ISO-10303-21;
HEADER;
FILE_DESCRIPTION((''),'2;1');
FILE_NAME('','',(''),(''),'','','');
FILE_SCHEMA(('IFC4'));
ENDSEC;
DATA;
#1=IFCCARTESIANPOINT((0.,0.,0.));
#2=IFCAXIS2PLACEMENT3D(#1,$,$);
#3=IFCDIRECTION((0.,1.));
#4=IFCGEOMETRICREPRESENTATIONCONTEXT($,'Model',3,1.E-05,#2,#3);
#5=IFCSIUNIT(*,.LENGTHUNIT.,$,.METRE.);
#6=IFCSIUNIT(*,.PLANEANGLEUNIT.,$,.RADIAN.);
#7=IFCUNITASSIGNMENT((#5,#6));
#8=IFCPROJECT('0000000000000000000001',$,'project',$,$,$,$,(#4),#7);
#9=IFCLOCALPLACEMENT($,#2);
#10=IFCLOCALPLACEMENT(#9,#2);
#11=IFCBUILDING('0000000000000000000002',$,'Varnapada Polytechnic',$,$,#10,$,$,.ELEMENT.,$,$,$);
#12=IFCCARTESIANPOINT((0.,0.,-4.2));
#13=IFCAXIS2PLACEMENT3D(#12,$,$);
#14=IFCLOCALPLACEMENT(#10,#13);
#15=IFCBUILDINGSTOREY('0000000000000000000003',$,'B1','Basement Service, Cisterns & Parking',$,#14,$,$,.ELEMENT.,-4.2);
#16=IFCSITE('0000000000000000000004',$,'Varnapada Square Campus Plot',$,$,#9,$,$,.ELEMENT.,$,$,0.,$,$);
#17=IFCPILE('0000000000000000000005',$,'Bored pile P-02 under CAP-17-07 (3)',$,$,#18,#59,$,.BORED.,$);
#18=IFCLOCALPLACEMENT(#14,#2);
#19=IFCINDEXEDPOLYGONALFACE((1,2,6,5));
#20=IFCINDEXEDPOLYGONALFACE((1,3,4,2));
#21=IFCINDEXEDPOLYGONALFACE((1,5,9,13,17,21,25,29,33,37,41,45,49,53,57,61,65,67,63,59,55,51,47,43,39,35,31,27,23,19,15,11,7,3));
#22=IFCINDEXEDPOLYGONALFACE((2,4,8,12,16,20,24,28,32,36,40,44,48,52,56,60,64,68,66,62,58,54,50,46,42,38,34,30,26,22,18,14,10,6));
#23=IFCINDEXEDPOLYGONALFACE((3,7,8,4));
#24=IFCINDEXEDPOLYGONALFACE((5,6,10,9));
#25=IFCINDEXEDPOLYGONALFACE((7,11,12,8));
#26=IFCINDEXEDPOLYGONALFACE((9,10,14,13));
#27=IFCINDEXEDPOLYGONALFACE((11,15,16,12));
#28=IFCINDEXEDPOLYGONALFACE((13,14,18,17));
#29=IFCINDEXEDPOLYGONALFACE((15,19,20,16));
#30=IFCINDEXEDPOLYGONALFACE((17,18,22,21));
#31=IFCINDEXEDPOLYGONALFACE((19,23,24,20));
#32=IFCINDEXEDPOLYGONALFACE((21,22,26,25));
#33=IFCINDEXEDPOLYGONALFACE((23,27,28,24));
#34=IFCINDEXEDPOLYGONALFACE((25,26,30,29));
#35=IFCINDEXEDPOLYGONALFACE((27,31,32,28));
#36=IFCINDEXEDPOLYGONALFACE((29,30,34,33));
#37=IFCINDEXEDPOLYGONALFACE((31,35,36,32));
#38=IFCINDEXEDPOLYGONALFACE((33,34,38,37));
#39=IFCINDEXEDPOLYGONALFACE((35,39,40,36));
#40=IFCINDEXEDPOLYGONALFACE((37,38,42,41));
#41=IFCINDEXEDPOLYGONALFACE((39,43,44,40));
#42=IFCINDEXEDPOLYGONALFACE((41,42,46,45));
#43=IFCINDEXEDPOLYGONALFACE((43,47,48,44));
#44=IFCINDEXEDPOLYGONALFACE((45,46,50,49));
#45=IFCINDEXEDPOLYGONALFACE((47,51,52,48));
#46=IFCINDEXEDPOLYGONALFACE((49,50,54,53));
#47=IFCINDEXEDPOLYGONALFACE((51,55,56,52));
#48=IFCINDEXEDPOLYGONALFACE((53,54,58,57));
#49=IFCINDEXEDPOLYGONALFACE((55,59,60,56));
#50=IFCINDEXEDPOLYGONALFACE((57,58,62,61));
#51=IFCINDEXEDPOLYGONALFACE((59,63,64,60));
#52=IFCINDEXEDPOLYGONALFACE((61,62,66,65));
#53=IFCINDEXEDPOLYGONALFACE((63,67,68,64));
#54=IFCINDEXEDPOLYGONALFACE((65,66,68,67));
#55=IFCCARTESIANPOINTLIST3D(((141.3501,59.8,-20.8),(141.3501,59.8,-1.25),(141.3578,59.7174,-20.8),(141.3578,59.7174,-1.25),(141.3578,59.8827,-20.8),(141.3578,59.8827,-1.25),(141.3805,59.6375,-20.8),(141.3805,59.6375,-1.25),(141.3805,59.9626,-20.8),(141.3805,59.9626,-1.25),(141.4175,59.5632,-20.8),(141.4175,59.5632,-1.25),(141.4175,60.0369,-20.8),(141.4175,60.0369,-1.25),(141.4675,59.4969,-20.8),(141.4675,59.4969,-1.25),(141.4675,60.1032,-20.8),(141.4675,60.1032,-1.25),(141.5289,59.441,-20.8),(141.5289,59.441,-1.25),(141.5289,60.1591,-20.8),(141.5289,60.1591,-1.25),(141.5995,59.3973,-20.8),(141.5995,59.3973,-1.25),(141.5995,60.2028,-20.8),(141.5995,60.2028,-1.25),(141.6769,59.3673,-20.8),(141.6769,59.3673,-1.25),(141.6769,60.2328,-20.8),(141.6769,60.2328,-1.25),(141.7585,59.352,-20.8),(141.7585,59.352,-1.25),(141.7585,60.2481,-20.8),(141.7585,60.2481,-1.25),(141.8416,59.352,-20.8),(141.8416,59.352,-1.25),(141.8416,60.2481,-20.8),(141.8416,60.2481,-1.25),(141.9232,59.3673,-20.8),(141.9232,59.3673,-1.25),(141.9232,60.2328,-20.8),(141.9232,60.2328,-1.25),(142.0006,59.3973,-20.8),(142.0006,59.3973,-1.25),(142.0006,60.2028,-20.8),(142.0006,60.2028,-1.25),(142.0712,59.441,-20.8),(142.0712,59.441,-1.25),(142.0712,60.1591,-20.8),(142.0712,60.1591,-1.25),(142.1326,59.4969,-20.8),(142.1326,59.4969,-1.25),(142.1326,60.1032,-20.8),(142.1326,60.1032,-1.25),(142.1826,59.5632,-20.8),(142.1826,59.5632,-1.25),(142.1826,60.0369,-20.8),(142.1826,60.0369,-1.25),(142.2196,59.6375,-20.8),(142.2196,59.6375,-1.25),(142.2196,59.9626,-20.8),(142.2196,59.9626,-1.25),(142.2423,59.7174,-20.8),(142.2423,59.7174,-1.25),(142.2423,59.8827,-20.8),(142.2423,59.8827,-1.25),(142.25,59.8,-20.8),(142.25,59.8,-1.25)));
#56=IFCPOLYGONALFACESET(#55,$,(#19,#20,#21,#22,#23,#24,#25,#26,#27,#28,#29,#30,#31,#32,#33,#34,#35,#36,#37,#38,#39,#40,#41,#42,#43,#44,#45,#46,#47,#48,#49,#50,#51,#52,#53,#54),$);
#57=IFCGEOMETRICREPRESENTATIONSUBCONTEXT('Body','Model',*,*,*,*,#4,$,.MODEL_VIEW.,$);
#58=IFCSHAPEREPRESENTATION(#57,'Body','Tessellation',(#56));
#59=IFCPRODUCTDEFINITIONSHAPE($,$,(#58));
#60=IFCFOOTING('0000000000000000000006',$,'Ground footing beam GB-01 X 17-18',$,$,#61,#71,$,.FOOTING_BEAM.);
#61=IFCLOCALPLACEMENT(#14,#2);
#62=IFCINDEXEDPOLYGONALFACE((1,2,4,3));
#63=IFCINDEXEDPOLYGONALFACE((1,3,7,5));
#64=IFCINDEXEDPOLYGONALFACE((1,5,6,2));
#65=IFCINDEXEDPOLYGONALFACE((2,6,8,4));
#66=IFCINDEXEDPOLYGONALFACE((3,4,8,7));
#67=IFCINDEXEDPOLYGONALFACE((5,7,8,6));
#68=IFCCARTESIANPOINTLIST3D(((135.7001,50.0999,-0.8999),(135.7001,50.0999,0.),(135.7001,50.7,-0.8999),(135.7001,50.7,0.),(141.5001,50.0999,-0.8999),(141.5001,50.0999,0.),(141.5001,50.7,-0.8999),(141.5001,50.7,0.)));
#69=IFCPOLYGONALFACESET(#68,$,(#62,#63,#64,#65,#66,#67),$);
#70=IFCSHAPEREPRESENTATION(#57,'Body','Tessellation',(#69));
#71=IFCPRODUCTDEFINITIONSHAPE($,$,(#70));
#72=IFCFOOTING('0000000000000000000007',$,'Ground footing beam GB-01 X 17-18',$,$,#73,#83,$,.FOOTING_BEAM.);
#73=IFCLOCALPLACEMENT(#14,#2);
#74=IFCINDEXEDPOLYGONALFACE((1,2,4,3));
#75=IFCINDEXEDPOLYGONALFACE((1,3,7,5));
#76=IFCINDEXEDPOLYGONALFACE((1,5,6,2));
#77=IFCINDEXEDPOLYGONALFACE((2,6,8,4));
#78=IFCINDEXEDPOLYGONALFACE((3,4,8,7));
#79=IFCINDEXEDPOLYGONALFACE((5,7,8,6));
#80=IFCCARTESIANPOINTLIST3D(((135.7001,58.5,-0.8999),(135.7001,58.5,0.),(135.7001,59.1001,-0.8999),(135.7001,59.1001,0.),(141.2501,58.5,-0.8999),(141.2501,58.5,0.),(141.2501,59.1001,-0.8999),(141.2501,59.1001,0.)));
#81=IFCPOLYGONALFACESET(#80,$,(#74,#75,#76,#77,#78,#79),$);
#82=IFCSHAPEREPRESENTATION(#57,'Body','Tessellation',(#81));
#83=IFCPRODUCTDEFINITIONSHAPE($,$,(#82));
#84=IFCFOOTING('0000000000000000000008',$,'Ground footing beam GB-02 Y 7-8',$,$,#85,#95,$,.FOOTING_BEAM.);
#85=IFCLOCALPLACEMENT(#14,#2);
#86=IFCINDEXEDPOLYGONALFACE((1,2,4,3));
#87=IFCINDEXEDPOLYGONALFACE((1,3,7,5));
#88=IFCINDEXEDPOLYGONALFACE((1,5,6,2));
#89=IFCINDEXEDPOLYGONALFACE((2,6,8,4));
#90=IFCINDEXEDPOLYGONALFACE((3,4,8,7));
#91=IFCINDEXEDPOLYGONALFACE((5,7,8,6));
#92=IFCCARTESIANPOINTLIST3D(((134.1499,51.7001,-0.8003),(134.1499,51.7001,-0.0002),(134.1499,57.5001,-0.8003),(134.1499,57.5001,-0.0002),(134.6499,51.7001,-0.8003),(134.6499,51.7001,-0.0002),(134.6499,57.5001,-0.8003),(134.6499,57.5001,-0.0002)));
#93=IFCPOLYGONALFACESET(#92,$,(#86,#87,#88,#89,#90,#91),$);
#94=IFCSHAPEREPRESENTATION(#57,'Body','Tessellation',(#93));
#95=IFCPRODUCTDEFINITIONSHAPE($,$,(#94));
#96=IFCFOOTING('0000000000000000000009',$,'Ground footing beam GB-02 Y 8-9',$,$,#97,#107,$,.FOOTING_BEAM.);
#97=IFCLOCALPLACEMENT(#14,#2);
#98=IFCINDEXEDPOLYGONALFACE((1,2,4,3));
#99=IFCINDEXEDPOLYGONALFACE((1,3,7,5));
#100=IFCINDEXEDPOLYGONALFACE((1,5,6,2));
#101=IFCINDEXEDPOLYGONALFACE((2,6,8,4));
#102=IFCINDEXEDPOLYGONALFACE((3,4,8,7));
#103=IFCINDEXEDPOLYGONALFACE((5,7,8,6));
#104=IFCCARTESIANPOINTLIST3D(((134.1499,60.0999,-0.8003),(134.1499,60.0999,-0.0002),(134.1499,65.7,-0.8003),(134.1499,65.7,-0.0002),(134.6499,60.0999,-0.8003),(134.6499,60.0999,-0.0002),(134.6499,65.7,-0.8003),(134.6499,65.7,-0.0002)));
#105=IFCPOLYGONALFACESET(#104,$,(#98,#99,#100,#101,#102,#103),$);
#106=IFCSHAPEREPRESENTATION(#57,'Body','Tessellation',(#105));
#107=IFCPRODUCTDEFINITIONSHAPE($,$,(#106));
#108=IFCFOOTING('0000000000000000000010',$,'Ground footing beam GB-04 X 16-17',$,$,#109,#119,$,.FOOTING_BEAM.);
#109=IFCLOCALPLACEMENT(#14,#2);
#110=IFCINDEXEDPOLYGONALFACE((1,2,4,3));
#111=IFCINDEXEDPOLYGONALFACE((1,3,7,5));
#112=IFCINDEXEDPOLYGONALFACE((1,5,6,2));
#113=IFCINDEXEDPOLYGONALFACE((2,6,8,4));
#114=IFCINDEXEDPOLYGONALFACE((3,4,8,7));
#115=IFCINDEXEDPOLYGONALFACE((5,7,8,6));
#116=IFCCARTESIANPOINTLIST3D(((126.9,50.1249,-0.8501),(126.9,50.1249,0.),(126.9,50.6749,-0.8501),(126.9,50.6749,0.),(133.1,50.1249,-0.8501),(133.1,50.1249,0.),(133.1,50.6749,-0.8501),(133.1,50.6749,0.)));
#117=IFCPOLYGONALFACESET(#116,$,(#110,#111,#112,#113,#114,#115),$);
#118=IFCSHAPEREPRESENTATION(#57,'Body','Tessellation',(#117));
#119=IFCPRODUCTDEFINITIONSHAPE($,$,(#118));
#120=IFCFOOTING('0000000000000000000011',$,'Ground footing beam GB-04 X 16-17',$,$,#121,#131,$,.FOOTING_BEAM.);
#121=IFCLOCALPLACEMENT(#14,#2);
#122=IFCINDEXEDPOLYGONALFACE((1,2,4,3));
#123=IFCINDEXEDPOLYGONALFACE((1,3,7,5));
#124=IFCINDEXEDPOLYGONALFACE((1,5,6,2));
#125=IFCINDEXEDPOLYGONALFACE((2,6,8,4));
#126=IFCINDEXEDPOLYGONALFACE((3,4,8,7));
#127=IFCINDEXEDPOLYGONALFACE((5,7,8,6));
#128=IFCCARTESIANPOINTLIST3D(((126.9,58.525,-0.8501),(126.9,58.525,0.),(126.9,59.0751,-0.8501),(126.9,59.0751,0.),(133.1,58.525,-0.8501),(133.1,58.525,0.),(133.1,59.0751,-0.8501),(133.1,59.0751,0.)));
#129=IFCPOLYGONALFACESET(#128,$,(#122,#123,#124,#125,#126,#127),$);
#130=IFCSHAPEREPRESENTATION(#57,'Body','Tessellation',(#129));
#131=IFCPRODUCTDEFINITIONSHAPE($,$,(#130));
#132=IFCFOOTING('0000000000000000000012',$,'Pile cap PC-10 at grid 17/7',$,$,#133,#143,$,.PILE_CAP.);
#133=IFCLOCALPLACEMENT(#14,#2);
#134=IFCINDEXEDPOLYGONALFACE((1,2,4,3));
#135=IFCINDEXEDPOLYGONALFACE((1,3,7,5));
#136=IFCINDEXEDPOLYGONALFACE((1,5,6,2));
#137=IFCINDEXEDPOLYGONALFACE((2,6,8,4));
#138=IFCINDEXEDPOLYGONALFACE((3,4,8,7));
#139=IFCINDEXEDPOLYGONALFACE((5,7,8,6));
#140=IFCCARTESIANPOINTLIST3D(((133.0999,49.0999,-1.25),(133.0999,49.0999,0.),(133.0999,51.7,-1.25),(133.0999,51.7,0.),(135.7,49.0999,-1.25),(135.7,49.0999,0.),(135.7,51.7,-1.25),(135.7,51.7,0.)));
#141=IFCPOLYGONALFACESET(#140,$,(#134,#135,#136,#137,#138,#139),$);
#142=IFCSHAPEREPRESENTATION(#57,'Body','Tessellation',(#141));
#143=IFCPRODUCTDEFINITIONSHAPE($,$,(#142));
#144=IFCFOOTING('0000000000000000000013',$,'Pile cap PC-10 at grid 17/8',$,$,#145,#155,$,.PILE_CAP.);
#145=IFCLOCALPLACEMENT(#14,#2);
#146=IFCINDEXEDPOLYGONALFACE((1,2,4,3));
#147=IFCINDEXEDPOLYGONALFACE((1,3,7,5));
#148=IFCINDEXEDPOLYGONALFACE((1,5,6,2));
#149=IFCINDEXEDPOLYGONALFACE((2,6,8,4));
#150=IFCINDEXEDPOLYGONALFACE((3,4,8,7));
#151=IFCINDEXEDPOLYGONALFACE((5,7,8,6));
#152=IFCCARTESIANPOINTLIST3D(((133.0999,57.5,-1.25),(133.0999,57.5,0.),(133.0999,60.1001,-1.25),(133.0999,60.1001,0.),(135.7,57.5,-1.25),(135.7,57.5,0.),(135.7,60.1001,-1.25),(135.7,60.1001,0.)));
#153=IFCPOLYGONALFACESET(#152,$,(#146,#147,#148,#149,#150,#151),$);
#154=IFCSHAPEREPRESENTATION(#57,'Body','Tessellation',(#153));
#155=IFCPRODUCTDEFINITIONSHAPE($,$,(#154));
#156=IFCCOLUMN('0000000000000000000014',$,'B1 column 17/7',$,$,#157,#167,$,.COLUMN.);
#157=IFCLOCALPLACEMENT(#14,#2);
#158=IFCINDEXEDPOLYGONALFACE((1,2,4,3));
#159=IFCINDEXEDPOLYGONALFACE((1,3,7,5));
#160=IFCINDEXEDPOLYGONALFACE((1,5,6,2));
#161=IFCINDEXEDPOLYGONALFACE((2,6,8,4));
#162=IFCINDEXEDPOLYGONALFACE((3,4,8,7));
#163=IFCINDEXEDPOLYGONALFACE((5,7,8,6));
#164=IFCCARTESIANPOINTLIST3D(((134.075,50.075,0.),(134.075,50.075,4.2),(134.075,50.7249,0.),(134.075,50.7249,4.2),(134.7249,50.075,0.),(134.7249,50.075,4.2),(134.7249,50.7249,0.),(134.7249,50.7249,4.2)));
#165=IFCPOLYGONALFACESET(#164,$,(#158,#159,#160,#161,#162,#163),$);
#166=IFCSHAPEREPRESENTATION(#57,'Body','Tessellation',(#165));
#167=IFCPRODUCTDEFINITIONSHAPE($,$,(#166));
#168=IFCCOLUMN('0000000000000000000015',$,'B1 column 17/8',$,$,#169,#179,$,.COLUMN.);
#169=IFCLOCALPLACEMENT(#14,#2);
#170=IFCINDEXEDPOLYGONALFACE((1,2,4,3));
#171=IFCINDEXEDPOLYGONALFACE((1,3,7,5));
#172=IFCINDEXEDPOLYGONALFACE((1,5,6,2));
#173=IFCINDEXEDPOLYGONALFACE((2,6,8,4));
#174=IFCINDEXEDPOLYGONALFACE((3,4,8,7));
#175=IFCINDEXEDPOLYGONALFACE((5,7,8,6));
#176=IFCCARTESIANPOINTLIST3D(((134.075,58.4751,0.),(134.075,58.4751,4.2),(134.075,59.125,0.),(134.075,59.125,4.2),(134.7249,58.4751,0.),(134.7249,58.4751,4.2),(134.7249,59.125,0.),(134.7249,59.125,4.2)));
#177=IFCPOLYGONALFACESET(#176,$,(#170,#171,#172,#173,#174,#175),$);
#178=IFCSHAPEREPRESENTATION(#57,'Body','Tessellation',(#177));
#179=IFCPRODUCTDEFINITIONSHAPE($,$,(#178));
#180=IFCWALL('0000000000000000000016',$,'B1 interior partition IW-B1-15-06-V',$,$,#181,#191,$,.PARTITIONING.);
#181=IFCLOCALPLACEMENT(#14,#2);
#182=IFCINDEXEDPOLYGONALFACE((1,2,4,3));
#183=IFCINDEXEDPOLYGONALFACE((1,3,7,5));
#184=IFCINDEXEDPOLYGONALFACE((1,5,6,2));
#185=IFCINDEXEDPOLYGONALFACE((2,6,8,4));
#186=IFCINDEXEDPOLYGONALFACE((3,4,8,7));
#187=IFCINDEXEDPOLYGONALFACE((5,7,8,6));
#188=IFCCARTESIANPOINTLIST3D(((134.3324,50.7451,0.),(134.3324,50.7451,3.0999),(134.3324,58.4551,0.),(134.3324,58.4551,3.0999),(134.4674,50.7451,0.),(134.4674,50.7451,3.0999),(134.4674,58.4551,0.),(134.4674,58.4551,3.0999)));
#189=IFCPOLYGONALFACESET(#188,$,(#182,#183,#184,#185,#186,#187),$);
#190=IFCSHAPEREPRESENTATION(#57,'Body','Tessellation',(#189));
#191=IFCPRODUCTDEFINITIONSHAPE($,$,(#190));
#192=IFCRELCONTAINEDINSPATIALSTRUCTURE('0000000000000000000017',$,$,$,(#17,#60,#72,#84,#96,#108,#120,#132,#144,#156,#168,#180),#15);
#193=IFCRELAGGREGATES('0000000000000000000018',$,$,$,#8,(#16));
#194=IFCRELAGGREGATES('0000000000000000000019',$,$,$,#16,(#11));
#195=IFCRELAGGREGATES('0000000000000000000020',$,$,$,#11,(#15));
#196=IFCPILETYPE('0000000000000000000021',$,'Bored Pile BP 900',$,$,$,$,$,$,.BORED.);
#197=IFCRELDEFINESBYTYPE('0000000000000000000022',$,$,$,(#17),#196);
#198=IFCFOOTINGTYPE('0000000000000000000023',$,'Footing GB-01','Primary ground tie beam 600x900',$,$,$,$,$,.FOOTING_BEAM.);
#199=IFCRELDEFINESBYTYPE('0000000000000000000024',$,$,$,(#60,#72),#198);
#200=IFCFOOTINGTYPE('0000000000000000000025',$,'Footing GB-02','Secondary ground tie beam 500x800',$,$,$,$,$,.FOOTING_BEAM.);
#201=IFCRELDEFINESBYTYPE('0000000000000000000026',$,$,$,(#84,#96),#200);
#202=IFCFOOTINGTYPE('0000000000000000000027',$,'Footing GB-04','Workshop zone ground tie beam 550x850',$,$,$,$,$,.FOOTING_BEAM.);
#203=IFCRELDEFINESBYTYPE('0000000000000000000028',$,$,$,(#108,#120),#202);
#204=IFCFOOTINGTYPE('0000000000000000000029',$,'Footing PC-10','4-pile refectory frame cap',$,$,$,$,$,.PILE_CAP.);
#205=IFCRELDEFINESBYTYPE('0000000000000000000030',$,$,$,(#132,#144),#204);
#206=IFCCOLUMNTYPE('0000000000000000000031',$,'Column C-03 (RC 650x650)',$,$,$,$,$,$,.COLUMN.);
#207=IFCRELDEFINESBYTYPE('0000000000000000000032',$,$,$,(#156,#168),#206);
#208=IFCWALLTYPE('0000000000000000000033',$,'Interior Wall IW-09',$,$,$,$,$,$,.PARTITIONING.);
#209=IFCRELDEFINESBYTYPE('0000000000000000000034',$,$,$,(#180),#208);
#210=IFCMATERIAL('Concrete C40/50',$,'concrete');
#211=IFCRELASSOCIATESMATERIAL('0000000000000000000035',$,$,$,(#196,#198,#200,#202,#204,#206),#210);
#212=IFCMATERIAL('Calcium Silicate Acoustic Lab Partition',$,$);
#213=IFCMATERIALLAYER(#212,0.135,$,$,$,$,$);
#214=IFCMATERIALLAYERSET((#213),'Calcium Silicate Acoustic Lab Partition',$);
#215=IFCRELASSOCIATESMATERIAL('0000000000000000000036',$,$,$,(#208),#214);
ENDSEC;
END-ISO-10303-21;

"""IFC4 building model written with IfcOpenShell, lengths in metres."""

from ifc_helpers import new_model, si_unit, direction, frame, frame_2d, origin, origin_2d, place, context, subcontext, project, spatial, rectangle, circle, extrude, material, layer, layer_set, material_profile, profile_set, type_object, element, save


model = new_model("IFC4")

# Units and contexts
model_context = context("Model", 3, precision=1e-05, world=origin(), true_north=direction((0.0, 1.0)))
body_context = subcontext(model_context, "Body", "Model", "MODEL_VIEW")
ifc_project = project(units=[si_unit("LENGTHUNIT", "METRE"), si_unit("PLANEANGLEUNIT", "RADIAN")], contexts=[model_context])

# Site, building, storey
site_placement = place(None, origin())
site = spatial("IfcSite", under=ifc_project, at=site_placement, Name="Varnapada Square Campus Plot", CompositionType="ELEMENT", RefElevation=0.0)
building_placement = place(site_placement, origin())
building = spatial("IfcBuilding", under=site, at=building_placement, Name="Varnapada Polytechnic", CompositionType="ELEMENT")
storey_placement = place(building_placement, frame((0.0, 0.0, -4.2)))
storey = spatial("IfcBuildingStorey", under=building, at=storey_placement, Name="B1", Description="Basement Service, Cisterns & Parking", CompositionType="ELEMENT", Elevation=-4.2)

# Pile
ifc_material_1 = material(Name="Concrete C40/50", Category="concrete")
ifc_material_profile_1 = material_profile(ifc_material_1, circle(Radius=0.45, at=origin_2d()), Name="BP 900")
ifc_profile_set_1 = profile_set([ifc_material_profile_1], Name="Concrete C40/50")
pile_type_1 = type_object("IfcPileType", Name="Bored Pile BP 900", PredefinedType="BORED", material=ifc_profile_set_1)
for number, where, z_axis, x_axis, name in (
    (1, (141.8, 59.8, -1.25), (0.0, 0.0, -1.0), (1.0, 0.0, 0.0), "Bored pile P-02 under CAP-17-07 (3)"),
):
    element("IfcPile", number, at=place(storey_placement, frame(where, z_axis=z_axis, x_axis=x_axis)), inside=storey, type_object=pile_type_1, Name=name, PredefinedType="BORED", context=body_context, shape_type="SweptSolid", body=[
        extrude(circle(Radius=0.45, at=origin_2d()), origin(), (0.0, 0.0, 1.0), 19.55),
    ])

# Footings
footing_type_1 = type_object("IfcFootingType", Name="Footing GB-01", Description="Primary ground tie beam 600x900", PredefinedType="FOOTING_BEAM", material=ifc_material_1)
footing_1_placement = place(storey_placement, frame((138.6001, 50.3999, -0.8999), z_axis=(0.0, 0.0, 1.0), x_axis=(1.0, 0.0, 0.0)))
element("IfcFooting", 2, at=footing_1_placement, inside=storey, type_object=footing_type_1, Name="Ground footing beam GB-01 X 17-18", PredefinedType="FOOTING_BEAM", context=body_context, shape_type="SweptSolid", body=[
    extrude(rectangle(XDim=5.8, YDim=0.6001, at=origin_2d()), origin(), (0.0, 0.0, 1.0), 0.8999),
])
footing_2_placement = place(storey_placement, frame((138.4751, 58.8, -0.8999), z_axis=(0.0, 0.0, 1.0), x_axis=(1.0, 0.0, 0.0)))
element("IfcFooting", 3, at=footing_2_placement, inside=storey, type_object=footing_type_1, Name="Ground footing beam GB-01 X 17-18", PredefinedType="FOOTING_BEAM", context=body_context, shape_type="SweptSolid", body=[
    extrude(rectangle(XDim=5.55, YDim=0.6001, at=origin_2d()), origin(), (0.0, 0.0, 1.0), 0.8999),
])
footing_type_2 = type_object("IfcFootingType", Name="Footing GB-02", Description="Secondary ground tie beam 500x800", PredefinedType="FOOTING_BEAM", material=ifc_material_1)
footing_3_placement = place(storey_placement, frame((134.3999, 54.6001, -0.8003), z_axis=(0.0, 0.0, 1.0), x_axis=(0.0, 1.0, 0.0)))
element("IfcFooting", 4, at=footing_3_placement, inside=storey, type_object=footing_type_2, Name="Ground footing beam GB-02 Y 7-8", PredefinedType="FOOTING_BEAM", context=body_context, shape_type="SweptSolid", body=[
    extrude(rectangle(XDim=5.8, YDim=0.5, at=origin_2d()), origin(), (0.0, 0.0, 1.0), 0.8),
])
footing_4_placement = place(storey_placement, frame((134.3999, 62.8999, -0.8003), z_axis=(0.0, 0.0, 1.0), x_axis=(0.0, 1.0, 0.0)))
element("IfcFooting", 5, at=footing_4_placement, inside=storey, type_object=footing_type_2, Name="Ground footing beam GB-02 Y 8-9", PredefinedType="FOOTING_BEAM", context=body_context, shape_type="SweptSolid", body=[
    extrude(rectangle(XDim=5.6001, YDim=0.5, at=origin_2d()), origin(), (0.0, 0.0, 1.0), 0.8),
])
footing_type_3 = type_object("IfcFootingType", Name="Footing GB-04", Description="Workshop zone ground tie beam 550x850", PredefinedType="FOOTING_BEAM", material=ifc_material_1)
for number, where, z_axis, x_axis, name in (
    (6, (130.0, 50.3999, -0.8501), (0.0, 0.0, 1.0), (1.0, 0.0, 0.0), "Ground footing beam GB-04 X 16-17"),
    (7, (130.0, 58.8, -0.8501), (0.0, 0.0, 1.0), (1.0, 0.0, 0.0), "Ground footing beam GB-04 X 16-17"),
):
    element("IfcFooting", number, at=place(storey_placement, frame(where, z_axis=z_axis, x_axis=x_axis)), inside=storey, type_object=footing_type_3, Name=name, PredefinedType="FOOTING_BEAM", context=body_context, shape_type="SweptSolid", body=[
        extrude(rectangle(XDim=6.2, YDim=0.55, at=origin_2d()), origin(), (0.0, 0.0, 1.0), 0.8501),
    ])
footing_type_4 = type_object("IfcFootingType", Name="Footing PC-10", Description="4-pile refectory frame cap", PredefinedType="PILE_CAP", material=ifc_material_1)
for number, where, z_axis, x_axis, name in (
    (8, (134.3999, 50.3999, -1.25), (0.0, 0.0, 1.0), (1.0, 0.0, 0.0), "Pile cap PC-10 at grid 17/7"),
    (9, (134.3999, 58.8, -1.25), (0.0, 0.0, 1.0), (1.0, 0.0, 0.0), "Pile cap PC-10 at grid 17/8"),
):
    element("IfcFooting", number, at=place(storey_placement, frame(where, z_axis=z_axis, x_axis=x_axis)), inside=storey, type_object=footing_type_4, Name=name, PredefinedType="PILE_CAP", context=body_context, shape_type="SweptSolid", body=[
        extrude(rectangle(XDim=2.6001, YDim=2.6001, at=origin_2d()), origin(), (0.0, 0.0, 1.0), 1.25),
    ])

# Columns
ifc_material_profile_2 = material_profile(ifc_material_1, rectangle(XDim=0.6499, YDim=0.6499, at=origin_2d()), Name="RC 650x650")
ifc_profile_set_2 = profile_set([ifc_material_profile_2], Name="Concrete C40/50")
column_type = type_object("IfcColumnType", Name="Column C-03 (RC 650x650)", PredefinedType="COLUMN", material=ifc_profile_set_2)
for number, where, z_axis, x_axis, name in (
    (10, (134.3999, 50.3999, 0.0), (0.0, 0.0, 1.0), (1.0, 0.0, 0.0), "B1 column 17/7"),
    (11, (134.3999, 58.8, 0.0), (0.0, 0.0, 1.0), (1.0, 0.0, 0.0), "B1 column 17/8"),
):
    element("IfcColumn", number, at=place(storey_placement, frame(where, z_axis=z_axis, x_axis=x_axis)), inside=storey, type_object=column_type, Name=name, PredefinedType="COLUMN", context=body_context, shape_type="SweptSolid", body=[
        extrude(rectangle(XDim=0.6499, YDim=0.6499, at=origin_2d()), origin(), (0.0, 0.0, 1.0), 4.2),
    ])

# Wall
ifc_material_2 = material(Name="Calcium Silicate Acoustic Lab Partition")
ifc_layer_1 = layer(ifc_material_2, 0.135)
ifc_layer_set_1 = layer_set([ifc_layer_1], Name="Calcium Silicate Acoustic Lab Partition")
wall_type_1 = type_object("IfcWallType", Name="Interior Wall IW-09", PredefinedType="PARTITIONING", material=ifc_layer_set_1)
wall_1_placement = place(storey_placement, frame((134.3999, 50.7451, 0.0), z_axis=(0.0, 0.0, 1.0), x_axis=(0.0, 1.0, 0.0)))
element("IfcWall", 12, at=wall_1_placement, inside=storey, type_object=wall_type_1, Name="B1 interior partition IW-B1-15-06-V", PredefinedType="PARTITIONING", context=body_context, shape_type="SweptSolid", body=[
    extrude(rectangle(XDim=7.71, YDim=0.135, at=frame_2d((3.855, 0.0))), origin(), (0.0, 0.0, 1.0), 3.0999),
])

save(model, "model.ifc")
